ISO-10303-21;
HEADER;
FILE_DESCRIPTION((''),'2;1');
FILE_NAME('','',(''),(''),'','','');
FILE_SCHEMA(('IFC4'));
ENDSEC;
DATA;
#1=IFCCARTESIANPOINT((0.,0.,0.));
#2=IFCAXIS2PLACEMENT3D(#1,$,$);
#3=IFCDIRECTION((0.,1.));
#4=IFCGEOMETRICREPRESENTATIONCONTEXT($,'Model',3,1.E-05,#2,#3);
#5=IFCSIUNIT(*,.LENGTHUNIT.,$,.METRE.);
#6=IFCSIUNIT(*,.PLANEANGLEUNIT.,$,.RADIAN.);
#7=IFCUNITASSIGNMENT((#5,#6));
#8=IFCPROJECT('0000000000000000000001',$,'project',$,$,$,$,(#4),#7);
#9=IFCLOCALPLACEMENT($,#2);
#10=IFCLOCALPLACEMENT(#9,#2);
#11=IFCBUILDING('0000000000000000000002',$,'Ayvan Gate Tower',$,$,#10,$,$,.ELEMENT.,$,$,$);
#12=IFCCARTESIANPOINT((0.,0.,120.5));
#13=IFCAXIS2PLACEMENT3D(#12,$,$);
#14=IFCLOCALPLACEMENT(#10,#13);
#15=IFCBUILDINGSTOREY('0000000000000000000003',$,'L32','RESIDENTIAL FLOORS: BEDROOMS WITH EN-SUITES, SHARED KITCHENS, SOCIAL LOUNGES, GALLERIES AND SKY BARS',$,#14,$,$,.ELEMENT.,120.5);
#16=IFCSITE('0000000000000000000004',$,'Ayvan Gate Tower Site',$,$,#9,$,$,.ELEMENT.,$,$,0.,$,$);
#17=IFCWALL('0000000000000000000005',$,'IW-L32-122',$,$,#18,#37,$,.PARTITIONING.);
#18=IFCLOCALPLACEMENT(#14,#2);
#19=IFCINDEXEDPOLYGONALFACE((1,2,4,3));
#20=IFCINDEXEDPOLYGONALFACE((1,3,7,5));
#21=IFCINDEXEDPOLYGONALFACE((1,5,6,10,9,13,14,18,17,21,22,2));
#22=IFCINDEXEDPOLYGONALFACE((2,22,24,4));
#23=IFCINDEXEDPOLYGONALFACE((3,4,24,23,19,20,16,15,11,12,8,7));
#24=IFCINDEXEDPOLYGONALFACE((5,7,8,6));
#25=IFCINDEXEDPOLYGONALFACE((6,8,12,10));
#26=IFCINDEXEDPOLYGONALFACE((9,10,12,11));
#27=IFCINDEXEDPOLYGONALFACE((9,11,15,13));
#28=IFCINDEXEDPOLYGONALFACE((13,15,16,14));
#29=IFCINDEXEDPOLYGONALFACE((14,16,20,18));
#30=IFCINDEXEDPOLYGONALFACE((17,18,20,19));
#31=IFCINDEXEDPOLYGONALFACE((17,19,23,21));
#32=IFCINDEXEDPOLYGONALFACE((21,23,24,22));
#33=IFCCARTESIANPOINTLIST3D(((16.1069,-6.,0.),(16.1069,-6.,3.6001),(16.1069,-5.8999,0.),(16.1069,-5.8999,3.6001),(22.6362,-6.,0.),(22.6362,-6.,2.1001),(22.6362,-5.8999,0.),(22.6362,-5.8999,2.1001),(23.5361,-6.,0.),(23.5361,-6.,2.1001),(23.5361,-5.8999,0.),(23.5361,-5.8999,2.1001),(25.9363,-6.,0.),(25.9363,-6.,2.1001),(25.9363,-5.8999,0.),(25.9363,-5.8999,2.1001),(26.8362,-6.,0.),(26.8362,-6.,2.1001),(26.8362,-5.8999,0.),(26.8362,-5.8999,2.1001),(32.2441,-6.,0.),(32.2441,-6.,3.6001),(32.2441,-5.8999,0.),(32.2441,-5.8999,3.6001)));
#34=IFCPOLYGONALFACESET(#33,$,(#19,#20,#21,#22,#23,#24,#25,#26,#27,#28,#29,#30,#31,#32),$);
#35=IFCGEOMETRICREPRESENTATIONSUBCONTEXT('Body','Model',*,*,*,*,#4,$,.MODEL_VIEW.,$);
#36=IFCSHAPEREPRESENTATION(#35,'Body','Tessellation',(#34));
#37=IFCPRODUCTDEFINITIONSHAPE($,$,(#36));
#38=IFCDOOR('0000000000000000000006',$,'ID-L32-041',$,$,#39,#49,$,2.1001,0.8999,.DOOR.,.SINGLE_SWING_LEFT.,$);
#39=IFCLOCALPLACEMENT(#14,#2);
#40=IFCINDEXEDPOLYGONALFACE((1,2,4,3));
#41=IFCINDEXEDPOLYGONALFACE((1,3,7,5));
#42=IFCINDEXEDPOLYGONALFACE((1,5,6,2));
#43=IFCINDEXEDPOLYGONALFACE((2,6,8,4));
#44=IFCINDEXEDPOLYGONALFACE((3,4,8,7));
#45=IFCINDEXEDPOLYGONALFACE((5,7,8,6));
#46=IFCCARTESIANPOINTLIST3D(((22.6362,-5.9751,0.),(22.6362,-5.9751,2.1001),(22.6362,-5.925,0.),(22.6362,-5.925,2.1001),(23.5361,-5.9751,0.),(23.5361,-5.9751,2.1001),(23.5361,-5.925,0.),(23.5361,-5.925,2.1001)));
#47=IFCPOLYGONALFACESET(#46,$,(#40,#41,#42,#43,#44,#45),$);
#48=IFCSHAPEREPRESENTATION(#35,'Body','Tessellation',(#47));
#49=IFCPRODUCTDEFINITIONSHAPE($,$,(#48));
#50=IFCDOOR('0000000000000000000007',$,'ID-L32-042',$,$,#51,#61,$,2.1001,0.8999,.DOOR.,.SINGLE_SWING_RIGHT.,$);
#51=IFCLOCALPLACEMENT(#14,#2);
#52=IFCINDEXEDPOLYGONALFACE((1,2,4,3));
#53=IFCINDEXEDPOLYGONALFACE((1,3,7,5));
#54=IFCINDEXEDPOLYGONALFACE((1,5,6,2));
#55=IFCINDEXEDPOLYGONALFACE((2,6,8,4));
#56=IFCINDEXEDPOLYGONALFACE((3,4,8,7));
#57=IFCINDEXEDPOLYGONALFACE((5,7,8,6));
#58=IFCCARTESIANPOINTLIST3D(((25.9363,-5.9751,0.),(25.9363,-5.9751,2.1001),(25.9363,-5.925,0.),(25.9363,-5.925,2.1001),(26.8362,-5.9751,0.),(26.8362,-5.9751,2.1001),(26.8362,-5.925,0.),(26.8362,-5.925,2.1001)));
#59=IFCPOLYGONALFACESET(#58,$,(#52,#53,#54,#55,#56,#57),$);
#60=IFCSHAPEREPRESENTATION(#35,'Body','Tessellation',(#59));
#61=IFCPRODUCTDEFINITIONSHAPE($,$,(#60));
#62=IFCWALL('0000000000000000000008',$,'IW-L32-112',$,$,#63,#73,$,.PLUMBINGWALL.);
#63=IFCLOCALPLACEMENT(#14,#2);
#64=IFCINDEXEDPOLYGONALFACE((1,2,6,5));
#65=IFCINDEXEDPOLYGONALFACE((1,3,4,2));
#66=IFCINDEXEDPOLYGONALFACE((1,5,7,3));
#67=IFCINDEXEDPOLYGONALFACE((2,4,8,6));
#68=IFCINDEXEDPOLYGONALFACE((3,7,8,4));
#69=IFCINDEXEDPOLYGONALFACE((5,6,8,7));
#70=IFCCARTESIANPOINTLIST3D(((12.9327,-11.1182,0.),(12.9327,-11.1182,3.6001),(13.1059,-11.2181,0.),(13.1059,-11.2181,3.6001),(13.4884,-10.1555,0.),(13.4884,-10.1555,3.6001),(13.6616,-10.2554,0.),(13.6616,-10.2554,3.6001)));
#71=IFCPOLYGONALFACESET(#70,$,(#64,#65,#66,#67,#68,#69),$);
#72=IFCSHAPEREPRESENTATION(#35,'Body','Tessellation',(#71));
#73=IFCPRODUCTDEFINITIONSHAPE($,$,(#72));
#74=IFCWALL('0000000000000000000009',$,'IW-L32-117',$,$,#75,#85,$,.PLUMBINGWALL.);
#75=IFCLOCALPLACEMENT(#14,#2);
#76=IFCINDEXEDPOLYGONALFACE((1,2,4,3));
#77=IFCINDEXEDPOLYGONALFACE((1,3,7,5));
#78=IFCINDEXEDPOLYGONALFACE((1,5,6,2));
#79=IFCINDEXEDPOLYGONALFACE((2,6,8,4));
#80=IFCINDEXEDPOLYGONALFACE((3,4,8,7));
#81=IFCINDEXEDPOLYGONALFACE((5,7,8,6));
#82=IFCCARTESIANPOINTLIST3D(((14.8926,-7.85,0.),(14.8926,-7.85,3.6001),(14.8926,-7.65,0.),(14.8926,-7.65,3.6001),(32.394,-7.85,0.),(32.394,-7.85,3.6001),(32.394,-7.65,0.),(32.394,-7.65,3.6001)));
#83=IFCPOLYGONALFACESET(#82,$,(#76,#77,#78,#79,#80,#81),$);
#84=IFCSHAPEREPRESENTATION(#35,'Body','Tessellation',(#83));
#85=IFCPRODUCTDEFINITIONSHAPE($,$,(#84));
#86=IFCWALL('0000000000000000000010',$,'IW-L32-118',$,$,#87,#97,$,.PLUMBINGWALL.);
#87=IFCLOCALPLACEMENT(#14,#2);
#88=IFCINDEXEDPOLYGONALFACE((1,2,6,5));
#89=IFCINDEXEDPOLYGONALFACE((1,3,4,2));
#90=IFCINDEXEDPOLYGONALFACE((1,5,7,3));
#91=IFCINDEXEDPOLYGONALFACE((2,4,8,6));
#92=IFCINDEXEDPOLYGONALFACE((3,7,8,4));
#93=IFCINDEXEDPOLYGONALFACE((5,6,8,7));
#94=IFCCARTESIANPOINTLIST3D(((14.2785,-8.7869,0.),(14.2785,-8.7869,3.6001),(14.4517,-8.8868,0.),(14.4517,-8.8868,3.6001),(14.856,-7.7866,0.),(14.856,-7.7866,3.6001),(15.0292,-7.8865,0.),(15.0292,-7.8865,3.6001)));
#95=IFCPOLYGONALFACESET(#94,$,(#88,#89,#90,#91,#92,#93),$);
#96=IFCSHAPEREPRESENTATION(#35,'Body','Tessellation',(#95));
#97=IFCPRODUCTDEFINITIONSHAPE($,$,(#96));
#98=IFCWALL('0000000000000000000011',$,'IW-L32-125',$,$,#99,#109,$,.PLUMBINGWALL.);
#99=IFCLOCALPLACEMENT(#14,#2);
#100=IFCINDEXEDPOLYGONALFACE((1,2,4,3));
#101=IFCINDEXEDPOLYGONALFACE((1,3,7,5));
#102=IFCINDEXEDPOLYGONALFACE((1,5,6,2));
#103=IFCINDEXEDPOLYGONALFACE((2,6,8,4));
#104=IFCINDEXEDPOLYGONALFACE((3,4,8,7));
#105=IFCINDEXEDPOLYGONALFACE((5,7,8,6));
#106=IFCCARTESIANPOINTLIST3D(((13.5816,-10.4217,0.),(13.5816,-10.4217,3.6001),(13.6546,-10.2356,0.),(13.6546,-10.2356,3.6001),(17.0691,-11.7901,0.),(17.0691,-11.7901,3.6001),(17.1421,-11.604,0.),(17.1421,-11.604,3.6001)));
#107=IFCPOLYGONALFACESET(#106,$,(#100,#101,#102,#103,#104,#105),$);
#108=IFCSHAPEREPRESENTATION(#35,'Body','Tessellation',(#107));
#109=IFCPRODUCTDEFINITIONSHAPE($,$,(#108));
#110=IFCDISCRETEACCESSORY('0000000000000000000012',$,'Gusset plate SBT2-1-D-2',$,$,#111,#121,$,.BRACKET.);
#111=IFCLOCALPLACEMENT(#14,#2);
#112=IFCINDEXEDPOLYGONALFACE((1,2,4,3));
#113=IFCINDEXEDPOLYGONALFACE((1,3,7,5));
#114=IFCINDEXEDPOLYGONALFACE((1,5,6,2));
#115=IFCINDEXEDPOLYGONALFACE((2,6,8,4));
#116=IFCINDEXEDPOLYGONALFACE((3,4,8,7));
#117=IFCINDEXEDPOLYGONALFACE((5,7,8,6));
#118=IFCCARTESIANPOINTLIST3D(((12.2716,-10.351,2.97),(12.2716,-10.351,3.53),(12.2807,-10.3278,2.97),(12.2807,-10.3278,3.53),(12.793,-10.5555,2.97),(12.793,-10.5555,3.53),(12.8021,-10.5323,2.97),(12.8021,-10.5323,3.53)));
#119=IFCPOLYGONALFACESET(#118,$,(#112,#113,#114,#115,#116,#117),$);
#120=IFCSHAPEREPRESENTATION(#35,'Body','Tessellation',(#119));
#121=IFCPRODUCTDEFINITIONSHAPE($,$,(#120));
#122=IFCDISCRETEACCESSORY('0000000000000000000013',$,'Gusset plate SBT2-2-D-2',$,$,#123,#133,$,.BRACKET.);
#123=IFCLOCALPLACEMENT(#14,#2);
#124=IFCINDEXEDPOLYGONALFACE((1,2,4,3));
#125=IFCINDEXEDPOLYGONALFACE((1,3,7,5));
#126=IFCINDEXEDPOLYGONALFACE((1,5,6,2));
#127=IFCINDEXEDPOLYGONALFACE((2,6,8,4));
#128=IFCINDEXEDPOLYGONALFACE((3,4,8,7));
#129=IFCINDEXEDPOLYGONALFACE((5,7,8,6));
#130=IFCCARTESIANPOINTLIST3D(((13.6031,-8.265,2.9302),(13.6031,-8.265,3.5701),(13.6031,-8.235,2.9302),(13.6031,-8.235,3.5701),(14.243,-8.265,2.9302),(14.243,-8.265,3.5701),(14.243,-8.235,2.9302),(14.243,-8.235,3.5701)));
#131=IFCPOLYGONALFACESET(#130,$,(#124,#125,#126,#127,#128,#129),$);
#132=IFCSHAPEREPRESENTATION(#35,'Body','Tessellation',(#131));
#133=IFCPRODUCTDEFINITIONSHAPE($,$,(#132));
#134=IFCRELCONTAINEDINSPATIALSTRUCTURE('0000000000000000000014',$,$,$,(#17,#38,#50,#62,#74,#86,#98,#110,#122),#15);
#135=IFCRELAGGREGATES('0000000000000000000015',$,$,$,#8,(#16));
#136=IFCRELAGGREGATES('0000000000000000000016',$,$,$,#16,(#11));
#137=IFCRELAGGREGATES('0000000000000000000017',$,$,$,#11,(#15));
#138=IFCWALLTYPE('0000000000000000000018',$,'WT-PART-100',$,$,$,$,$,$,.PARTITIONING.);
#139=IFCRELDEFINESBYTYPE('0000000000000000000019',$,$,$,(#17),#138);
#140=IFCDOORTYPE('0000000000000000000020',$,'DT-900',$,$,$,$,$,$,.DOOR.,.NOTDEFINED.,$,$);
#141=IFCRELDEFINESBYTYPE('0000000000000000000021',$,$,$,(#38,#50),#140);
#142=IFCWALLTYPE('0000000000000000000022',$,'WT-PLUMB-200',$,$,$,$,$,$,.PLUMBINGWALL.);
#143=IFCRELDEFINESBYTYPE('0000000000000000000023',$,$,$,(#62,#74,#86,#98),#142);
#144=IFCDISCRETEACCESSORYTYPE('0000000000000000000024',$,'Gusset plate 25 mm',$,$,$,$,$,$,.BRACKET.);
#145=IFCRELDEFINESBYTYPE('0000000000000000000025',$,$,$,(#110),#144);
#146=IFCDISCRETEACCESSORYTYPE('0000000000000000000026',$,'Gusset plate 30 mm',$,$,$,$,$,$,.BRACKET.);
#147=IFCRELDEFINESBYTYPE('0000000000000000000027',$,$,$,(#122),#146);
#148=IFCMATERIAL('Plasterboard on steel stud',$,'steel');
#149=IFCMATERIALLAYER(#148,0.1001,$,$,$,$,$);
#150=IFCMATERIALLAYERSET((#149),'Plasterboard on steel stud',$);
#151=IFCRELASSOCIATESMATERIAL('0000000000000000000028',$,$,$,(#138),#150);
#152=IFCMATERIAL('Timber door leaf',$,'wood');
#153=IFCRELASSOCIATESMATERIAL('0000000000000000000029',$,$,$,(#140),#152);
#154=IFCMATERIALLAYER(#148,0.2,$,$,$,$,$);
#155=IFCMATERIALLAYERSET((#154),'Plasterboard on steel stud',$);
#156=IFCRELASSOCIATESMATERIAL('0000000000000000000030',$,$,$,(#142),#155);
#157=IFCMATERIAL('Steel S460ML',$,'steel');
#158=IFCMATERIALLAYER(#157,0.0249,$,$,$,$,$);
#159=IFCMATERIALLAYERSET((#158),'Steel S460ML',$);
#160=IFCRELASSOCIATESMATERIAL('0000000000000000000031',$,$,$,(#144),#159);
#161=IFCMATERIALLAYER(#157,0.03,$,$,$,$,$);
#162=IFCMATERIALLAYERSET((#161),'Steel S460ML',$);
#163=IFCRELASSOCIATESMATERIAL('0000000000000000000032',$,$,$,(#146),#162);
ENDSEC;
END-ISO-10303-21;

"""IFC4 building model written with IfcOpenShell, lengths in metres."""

from ifc_helpers import new_model, si_unit, direction, frame, frame_2d, origin, origin_2d, place, context, subcontext, project, spatial, rectangle, extrude, material, layer, layer_set, type_object, element, fill, save


model = new_model("IFC4")

# Units and contexts
model_context = context("Model", 3, precision=1e-05, world=origin(), true_north=direction((0.0, 1.0)))
body_context = subcontext(model_context, "Body", "Model", "MODEL_VIEW")
ifc_project = project(units=[si_unit("LENGTHUNIT", "METRE"), si_unit("PLANEANGLEUNIT", "RADIAN")], contexts=[model_context])

# Site, building, storey
site_placement = place(None, origin())
site = spatial("IfcSite", under=ifc_project, at=site_placement, Name="Ayvan Gate Tower Site", CompositionType="ELEMENT", RefElevation=0.0)
building_placement = place(site_placement, origin())
building = spatial("IfcBuilding", under=site, at=building_placement, Name="Ayvan Gate Tower", CompositionType="ELEMENT")
storey_placement = place(building_placement, frame((0.0, 0.0, 120.5)))
storey = spatial("IfcBuildingStorey", under=building, at=storey_placement, Name="L32", Description="RESIDENTIAL FLOORS: BEDROOMS WITH EN-SUITES, SHARED KITCHENS, SOCIAL LOUNGES, GALLERIES AND SKY BARS", CompositionType="ELEMENT", Elevation=120.5)

# Shared definitions
ifc_material_1 = material(Name="Plasterboard on steel stud", Category="steel")
ifc_material_2 = material(Name="Timber door leaf", Category="wood")

# Wall, openings, doors
ifc_layer_1 = layer(ifc_material_1, 0.1001)
ifc_layer_set_1 = layer_set([ifc_layer_1], Name="Plasterboard on steel stud")
wall_type_1 = type_object("IfcWallType", Name="WT-PART-100", PredefinedType="PARTITIONING", material=ifc_layer_set_1)
wall_1_placement = place(storey_placement, frame((16.1069, -5.95, 0.0), z_axis=(0.0, 0.0, 1.0), x_axis=(1.0, 0.0, 0.0)))
wall_1 = element("IfcWall", 1, at=wall_1_placement, inside=storey, type_object=wall_type_1, Name="IW-L32-122", PredefinedType="PARTITIONING", context=body_context, shape_type="SweptSolid", body=[
    extrude(rectangle(XDim=16.1372, YDim=0.1001, at=frame_2d((8.0686, 0.0))), origin(), (0.0, 0.0, 1.0), 3.6001),
])
opening_1_placement = place(wall_1_placement, frame((6.5293, 0.0, 0.0)))
opening_1 = element("IfcOpeningElement", 2, at=opening_1_placement, cuts=wall_1, PredefinedType="OPENING", context=body_context, shape_type="SweptSolid", body=[
    extrude(rectangle(XDim=0.8999, YDim=2.1001, at=frame_2d((0.45, 1.05))), frame((0.0, 0.0601, 0.0), z_axis=(0.0, -1.0, 0.0), x_axis=(1.0, 0.0, 0.0)), (0.0, 0.0, 1.0), 0.1201),
])
opening_2_placement = place(wall_1_placement, frame((9.8293, 0.0, 0.0)))
opening_2 = element("IfcOpeningElement", 3, at=opening_2_placement, cuts=wall_1, PredefinedType="OPENING", context=body_context, shape_type="SweptSolid", body=[
    extrude(rectangle(XDim=0.8999, YDim=2.1001, at=frame_2d((0.45, 1.05))), frame((0.0, 0.0601, 0.0), z_axis=(0.0, -1.0, 0.0), x_axis=(1.0, 0.0, 0.0)), (0.0, 0.0, 1.0), 0.1201),
])
door_type_1 = type_object("IfcDoorType", Name="DT-900", OperationType="NOTDEFINED", PredefinedType="DOOR", material=ifc_material_2)
door_1_placement = place(opening_1_placement, origin())
door_1 = element("IfcDoor", 4, at=door_1_placement, inside=storey, type_object=door_type_1, Name="ID-L32-041", OperationType="SINGLE_SWING_LEFT", OverallHeight=2.1001, OverallWidth=0.8999, PredefinedType="DOOR", context=body_context, shape_type="SweptSolid", body=[
    extrude(rectangle(XDim=0.8999, YDim=2.1001, at=frame_2d((0.45, 1.05))), frame((0.0, 0.0249, 0.0), z_axis=(0.0, -1.0, 0.0), x_axis=(1.0, 0.0, 0.0)), (0.0, 0.0, 1.0), 0.05),
])
fill(opening_1, door_1)
door_2_placement = place(opening_2_placement, origin())
door_2 = element("IfcDoor", 5, at=door_2_placement, inside=storey, type_object=door_type_1, Name="ID-L32-042", OperationType="SINGLE_SWING_RIGHT", OverallHeight=2.1001, OverallWidth=0.8999, PredefinedType="DOOR", context=body_context, shape_type="SweptSolid", body=[
    extrude(rectangle(XDim=0.8999, YDim=2.1001, at=frame_2d((0.45, 1.05))), frame((0.0, 0.0249, 0.0), z_axis=(0.0, -1.0, 0.0), x_axis=(1.0, 0.0, 0.0)), (0.0, 0.0, 1.0), 0.05),
])
fill(opening_2, door_2)

# Walls
ifc_layer_2 = layer(ifc_material_1, 0.2)
ifc_layer_set_2 = layer_set([ifc_layer_2], Name="Plasterboard on steel stud")
wall_type_2 = type_object("IfcWallType", Name="WT-PLUMB-200", PredefinedType="PLUMBINGWALL", material=ifc_layer_set_2)
wall_2_placement = place(storey_placement, frame((13.575, -10.2056, 0.0), z_axis=(0.0, 0.0, 1.0), x_axis=(-0.499919, -0.866072, 0.0)))
element("IfcWall", 6, at=wall_2_placement, inside=storey, type_object=wall_type_2, Name="IW-L32-112", PredefinedType="PLUMBINGWALL", context=body_context, shape_type="SweptSolid", body=[
    extrude(rectangle(XDim=1.1116, YDim=0.2, at=frame_2d((0.5557, 0.0))), origin(), (0.0, 0.0, 1.0), 3.6001),
])
wall_3_placement = place(storey_placement, frame((14.8926, -7.75, 0.0), z_axis=(0.0, 0.0, 1.0), x_axis=(1.0, 0.0, 0.0)))
element("IfcWall", 7, at=wall_3_placement, inside=storey, type_object=wall_type_2, Name="IW-L32-117", PredefinedType="PLUMBINGWALL", context=body_context, shape_type="SweptSolid", body=[
    extrude(rectangle(XDim=17.5015, YDim=0.2, at=frame_2d((8.7507, 0.0))), origin(), (0.0, 0.0, 1.0), 3.6001),
])
wall_4_placement = place(storey_placement, frame((14.9426, -7.8364, 0.0), z_axis=(0.0, 0.0, 1.0), x_axis=(-0.499936, -0.866062, 0.0)))
element("IfcWall", 8, at=wall_4_placement, inside=storey, type_object=wall_type_2, Name="IW-L32-118", PredefinedType="PLUMBINGWALL", context=body_context, shape_type="SweptSolid", body=[
    extrude(rectangle(XDim=1.155, YDim=0.2, at=frame_2d((0.5776, 0.0))), origin(), (0.0, 0.0, 1.0), 3.6001),
])
wall_5_placement = place(storey_placement, frame((17.1055, -11.697, 0.0), z_axis=(0.0, 0.0, 1.0), x_axis=(-0.930906, 0.365259, 0.0)))
element("IfcWall", 9, at=wall_5_placement, inside=storey, type_object=wall_type_2, Name="IW-L32-125", PredefinedType="PLUMBINGWALL", context=body_context, shape_type="SweptSolid", body=[
    extrude(rectangle(XDim=3.7463, YDim=0.2, at=frame_2d((1.873, 0.0))), origin(), (0.0, 0.0, 1.0), 3.6001),
])

# Discrete accessories
ifc_material_3 = material(Name="Steel S460ML", Category="steel")
ifc_layer_3 = layer(ifc_material_3, 0.0249)
ifc_layer_set_3 = layer_set([ifc_layer_3], Name="Steel S460ML")
discrete_accessory_type_1 = type_object("IfcDiscreteAccessoryType", Name="Gusset plate 25 mm", PredefinedType="BRACKET", material=ifc_layer_set_3)
discrete_accessory_1_placement = place(storey_placement, frame((12.5369, -10.4417, 2.97), z_axis=(0.0, 0.0, 1.0), x_axis=(-0.930903, 0.365267, 0.0)))
element("IfcDiscreteAccessory", 10, at=discrete_accessory_1_placement, inside=storey, type_object=discrete_accessory_type_1, Name="Gusset plate SBT2-1-D-2", PredefinedType="BRACKET", context=body_context, shape_type="SweptSolid", body=[
    extrude(rectangle(XDim=0.5601, YDim=0.0249, at=origin_2d()), origin(), (0.0, 0.0, 1.0), 0.5601),
])
ifc_layer_4 = layer(ifc_material_3, 0.03)
ifc_layer_set_4 = layer_set([ifc_layer_4], Name="Steel S460ML")
discrete_accessory_type_2 = type_object("IfcDiscreteAccessoryType", Name="Gusset plate 30 mm", PredefinedType="BRACKET", material=ifc_layer_set_4)
discrete_accessory_2_placement = place(storey_placement, frame((13.9231, -8.25, 2.9302), z_axis=(0.0, 0.0, 1.0), x_axis=(1.0, 0.0, 0.0)))
element("IfcDiscreteAccessory", 11, at=discrete_accessory_2_placement, inside=storey, type_object=discrete_accessory_type_2, Name="Gusset plate SBT2-2-D-2", PredefinedType="BRACKET", context=body_context, shape_type="SweptSolid", body=[
    extrude(rectangle(XDim=0.6399, YDim=0.03, at=origin_2d()), origin(), (0.0, 0.0, 1.0), 0.6399),
])

save(model, "model.ifc")
